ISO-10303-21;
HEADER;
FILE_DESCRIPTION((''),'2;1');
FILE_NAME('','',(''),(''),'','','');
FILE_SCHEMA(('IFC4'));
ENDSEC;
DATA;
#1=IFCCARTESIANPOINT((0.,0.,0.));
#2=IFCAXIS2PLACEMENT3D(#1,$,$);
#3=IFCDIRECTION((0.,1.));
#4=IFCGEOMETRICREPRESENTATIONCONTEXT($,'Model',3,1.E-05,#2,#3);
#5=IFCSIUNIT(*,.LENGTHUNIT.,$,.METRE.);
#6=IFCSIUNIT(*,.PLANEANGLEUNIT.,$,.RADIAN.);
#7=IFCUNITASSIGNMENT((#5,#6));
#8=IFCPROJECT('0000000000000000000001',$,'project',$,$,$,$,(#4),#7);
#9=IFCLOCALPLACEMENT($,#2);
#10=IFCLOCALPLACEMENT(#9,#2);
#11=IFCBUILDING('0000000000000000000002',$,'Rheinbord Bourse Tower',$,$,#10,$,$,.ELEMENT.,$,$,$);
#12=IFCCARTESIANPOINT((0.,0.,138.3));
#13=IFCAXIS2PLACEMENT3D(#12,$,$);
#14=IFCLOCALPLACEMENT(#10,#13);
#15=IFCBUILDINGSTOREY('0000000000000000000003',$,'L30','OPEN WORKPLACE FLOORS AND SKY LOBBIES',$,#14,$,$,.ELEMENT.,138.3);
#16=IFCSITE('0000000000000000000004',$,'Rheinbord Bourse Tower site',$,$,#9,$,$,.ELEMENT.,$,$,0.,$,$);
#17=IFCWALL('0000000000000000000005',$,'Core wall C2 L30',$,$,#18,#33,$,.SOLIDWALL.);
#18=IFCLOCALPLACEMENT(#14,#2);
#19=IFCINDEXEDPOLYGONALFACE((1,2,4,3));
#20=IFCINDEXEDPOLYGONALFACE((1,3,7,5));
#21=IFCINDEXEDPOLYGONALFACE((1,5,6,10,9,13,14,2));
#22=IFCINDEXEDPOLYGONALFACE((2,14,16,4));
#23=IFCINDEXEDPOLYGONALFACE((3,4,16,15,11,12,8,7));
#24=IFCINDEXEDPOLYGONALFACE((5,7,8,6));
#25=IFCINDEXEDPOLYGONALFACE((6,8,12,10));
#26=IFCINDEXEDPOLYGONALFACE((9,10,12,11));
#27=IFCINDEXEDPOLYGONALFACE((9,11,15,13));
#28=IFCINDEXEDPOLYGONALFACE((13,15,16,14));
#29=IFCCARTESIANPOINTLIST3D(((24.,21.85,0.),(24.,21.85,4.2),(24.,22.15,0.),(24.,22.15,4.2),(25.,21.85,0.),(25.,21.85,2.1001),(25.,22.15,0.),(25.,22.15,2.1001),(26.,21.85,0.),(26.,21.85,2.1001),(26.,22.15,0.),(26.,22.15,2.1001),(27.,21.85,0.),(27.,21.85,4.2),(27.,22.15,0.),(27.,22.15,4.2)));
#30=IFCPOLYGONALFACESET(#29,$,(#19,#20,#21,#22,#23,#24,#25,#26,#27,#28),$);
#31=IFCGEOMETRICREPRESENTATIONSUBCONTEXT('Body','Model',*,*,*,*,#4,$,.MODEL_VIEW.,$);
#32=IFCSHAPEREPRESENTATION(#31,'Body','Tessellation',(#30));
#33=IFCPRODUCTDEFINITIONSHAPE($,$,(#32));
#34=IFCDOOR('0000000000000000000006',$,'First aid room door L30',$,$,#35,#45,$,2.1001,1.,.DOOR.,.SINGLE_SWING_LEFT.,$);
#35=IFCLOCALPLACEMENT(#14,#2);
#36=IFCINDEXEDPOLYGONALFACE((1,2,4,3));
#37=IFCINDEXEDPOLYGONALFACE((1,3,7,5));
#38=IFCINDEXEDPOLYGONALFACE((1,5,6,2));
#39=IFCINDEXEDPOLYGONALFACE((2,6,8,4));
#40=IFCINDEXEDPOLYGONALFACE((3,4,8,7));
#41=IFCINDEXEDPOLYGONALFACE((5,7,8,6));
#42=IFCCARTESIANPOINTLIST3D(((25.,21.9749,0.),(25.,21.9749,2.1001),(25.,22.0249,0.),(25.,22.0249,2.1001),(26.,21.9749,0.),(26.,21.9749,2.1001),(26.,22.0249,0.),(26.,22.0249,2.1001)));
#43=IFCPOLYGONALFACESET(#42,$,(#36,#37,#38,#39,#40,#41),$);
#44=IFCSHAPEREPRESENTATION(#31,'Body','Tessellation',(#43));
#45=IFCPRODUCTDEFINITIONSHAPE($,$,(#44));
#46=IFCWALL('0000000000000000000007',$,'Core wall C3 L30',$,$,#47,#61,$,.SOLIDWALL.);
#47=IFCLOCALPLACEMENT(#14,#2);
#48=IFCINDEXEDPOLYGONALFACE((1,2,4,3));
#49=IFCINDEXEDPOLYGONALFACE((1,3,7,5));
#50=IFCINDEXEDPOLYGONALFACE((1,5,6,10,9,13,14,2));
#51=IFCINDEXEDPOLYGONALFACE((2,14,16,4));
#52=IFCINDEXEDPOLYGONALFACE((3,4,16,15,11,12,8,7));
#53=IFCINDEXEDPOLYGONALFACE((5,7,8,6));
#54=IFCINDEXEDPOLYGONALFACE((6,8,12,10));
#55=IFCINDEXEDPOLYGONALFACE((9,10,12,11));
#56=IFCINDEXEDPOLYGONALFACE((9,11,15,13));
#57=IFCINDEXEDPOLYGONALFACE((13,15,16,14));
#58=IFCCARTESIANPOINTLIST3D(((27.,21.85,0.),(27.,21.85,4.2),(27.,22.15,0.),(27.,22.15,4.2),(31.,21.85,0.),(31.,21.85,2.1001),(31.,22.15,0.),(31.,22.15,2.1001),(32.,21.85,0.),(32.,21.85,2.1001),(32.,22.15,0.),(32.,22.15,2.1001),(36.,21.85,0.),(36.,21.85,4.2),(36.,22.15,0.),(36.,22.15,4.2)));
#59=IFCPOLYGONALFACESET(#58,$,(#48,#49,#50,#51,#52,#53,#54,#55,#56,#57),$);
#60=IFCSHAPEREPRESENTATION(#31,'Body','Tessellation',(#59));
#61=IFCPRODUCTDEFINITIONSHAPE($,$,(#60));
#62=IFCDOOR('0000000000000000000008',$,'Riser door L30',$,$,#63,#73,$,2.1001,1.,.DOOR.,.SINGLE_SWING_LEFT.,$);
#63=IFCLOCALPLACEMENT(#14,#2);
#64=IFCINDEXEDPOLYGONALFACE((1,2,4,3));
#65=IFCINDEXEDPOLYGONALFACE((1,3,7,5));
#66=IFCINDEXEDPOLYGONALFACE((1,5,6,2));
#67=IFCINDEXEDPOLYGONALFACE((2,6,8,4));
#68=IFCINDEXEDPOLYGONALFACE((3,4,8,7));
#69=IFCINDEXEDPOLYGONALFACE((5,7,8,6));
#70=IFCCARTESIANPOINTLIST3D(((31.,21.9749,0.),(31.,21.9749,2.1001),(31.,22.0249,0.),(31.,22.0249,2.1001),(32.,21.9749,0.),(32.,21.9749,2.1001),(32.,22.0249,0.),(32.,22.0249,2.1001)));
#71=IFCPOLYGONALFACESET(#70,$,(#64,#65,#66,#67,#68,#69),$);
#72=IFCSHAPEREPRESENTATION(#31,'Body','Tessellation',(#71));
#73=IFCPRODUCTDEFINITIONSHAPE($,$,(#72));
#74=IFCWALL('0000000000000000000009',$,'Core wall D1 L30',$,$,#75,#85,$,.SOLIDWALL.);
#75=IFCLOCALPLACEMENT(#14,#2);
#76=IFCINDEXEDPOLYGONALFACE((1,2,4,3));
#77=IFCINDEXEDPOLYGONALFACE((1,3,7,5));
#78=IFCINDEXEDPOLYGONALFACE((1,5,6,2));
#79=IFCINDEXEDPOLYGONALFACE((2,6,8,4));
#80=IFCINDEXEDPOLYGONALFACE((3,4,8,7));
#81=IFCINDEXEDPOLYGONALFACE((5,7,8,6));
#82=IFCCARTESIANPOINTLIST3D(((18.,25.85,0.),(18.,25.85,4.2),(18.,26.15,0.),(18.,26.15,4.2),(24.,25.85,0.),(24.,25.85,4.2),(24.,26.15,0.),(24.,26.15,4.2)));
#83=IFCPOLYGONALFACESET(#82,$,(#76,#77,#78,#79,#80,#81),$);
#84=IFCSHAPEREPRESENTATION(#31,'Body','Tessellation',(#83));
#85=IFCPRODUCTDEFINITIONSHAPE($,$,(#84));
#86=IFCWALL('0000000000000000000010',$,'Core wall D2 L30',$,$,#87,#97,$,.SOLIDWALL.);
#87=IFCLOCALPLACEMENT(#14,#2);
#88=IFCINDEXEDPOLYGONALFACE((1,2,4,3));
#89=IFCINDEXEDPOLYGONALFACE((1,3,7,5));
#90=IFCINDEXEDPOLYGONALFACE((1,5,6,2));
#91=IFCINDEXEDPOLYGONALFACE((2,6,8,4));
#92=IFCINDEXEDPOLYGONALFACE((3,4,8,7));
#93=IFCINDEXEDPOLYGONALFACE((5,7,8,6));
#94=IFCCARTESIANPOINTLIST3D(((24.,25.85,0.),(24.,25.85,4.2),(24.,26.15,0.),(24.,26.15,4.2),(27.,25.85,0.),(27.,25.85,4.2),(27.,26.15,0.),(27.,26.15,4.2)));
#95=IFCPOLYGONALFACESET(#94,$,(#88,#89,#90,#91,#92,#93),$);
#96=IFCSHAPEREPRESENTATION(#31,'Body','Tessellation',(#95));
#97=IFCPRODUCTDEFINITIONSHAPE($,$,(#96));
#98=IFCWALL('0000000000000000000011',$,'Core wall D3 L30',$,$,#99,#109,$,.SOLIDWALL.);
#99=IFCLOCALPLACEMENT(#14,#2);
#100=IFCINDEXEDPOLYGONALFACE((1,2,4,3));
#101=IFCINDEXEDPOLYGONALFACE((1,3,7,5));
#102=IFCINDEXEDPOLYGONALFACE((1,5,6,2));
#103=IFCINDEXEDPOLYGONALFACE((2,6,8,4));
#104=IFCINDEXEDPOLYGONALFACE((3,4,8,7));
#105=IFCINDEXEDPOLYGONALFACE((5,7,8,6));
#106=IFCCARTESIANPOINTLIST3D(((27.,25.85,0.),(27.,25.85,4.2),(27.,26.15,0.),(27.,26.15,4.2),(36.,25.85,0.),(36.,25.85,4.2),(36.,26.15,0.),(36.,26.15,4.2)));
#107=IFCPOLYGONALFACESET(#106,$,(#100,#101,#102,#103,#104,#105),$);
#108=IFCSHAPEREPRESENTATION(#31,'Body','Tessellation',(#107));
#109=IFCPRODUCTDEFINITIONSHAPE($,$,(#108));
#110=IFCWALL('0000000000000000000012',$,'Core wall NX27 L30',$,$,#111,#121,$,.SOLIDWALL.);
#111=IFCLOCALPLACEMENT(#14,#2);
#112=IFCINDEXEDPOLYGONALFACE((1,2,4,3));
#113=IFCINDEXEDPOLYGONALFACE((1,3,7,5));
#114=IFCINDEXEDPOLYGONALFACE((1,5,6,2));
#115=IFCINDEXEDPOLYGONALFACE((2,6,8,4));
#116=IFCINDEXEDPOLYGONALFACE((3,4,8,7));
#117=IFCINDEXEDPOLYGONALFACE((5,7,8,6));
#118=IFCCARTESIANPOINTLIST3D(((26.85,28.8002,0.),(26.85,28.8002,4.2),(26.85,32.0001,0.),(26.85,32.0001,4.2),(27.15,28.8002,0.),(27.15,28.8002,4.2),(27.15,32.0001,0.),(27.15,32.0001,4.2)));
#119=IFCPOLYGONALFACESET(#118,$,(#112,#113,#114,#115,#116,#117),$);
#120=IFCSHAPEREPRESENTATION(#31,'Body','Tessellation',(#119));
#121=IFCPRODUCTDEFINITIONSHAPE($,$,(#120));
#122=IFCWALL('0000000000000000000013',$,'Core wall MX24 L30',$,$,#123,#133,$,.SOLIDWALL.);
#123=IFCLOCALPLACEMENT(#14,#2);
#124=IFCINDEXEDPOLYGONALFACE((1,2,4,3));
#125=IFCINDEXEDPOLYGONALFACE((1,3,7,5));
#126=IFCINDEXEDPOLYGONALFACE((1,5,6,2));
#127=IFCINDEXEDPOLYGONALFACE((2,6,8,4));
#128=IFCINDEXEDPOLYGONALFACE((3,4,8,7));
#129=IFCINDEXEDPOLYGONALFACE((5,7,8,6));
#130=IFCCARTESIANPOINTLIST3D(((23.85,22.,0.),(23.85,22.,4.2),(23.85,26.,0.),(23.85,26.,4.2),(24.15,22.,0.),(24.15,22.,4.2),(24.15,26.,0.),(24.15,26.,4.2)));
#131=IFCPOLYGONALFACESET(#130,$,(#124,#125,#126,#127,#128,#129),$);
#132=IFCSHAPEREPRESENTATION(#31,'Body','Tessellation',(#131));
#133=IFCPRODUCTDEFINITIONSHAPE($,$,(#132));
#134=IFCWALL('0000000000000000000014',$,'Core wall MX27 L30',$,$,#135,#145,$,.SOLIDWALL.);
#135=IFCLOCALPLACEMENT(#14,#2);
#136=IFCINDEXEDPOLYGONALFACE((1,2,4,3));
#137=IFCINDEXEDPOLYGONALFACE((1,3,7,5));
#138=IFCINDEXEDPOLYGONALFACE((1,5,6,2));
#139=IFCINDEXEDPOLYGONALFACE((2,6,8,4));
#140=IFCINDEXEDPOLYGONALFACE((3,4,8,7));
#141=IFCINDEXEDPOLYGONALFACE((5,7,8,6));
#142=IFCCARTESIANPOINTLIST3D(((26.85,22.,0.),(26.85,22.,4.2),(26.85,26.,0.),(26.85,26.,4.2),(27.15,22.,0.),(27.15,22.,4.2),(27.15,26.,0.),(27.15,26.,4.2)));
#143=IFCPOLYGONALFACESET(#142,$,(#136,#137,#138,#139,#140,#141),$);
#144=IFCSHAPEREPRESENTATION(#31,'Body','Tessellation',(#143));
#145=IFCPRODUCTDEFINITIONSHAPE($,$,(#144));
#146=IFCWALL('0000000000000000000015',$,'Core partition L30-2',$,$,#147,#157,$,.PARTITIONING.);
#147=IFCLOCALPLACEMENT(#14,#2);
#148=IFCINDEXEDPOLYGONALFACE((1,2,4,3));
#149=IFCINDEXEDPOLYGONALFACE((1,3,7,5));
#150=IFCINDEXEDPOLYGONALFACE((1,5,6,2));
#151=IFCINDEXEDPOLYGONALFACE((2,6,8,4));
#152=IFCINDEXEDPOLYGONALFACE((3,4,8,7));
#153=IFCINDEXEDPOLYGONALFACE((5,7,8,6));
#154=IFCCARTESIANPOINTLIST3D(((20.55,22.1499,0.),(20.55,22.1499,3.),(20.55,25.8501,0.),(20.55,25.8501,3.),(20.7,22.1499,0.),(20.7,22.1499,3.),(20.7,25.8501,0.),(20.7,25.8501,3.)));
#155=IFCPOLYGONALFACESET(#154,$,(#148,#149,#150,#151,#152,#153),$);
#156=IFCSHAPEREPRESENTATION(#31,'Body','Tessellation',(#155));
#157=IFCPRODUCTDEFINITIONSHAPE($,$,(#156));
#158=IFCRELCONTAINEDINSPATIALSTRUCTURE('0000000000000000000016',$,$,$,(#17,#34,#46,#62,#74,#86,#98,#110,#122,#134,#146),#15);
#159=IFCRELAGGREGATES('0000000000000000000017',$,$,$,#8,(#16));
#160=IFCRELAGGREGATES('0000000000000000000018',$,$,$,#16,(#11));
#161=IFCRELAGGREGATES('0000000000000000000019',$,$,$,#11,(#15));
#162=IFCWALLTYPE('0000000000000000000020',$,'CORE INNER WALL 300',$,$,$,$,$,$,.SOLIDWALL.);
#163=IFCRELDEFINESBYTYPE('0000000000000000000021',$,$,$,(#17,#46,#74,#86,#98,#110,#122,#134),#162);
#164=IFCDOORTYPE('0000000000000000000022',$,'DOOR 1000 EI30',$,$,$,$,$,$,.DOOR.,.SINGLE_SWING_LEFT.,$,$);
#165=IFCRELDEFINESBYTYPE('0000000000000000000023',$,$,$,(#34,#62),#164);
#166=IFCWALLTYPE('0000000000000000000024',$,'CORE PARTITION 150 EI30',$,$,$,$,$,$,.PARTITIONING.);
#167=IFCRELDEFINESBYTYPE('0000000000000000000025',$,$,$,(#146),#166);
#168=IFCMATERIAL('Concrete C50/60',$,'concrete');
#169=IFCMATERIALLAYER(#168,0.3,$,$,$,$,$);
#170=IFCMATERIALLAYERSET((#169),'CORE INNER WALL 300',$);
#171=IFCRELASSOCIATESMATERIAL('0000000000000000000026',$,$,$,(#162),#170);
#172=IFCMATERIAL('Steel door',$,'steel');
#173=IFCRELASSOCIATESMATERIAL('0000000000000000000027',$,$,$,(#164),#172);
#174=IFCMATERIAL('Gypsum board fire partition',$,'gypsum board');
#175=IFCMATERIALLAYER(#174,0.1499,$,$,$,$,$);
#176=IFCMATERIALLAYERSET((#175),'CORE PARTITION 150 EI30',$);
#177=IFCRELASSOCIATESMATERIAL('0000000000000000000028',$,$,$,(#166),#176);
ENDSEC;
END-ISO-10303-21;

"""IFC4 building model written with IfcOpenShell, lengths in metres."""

from ifc_helpers import new_model, si_unit, direction, frame, frame_2d, origin, place, context, subcontext, project, spatial, rectangle, extrude, material, layer, layer_set, type_object, element, fill, save


model = new_model("IFC4")

# Units and contexts
model_context = context("Model", 3, precision=1e-05, world=origin(), true_north=direction((0.0, 1.0)))
body_context = subcontext(model_context, "Body", "Model", "MODEL_VIEW")
ifc_project = project(units=[si_unit("LENGTHUNIT", "METRE"), si_unit("PLANEANGLEUNIT", "RADIAN")], contexts=[model_context])

# Site, building, storey
site_placement = place(None, origin())
site = spatial("IfcSite", under=ifc_project, at=site_placement, Name="Rheinbord Bourse Tower site", CompositionType="ELEMENT", RefElevation=0.0)
building_placement = place(site_placement, origin())
building = spatial("IfcBuilding", under=site, at=building_placement, Name="Rheinbord Bourse Tower", CompositionType="ELEMENT")
storey_placement = place(building_placement, frame((0.0, 0.0, 138.3)))
storey = spatial("IfcBuildingStorey", under=building, at=storey_placement, Name="L30", Description="OPEN WORKPLACE FLOORS AND SKY LOBBIES", CompositionType="ELEMENT", Elevation=138.3)

# Shared definitions
ifc_material_1 = material(Name="Concrete C50/60", Category="concrete")
ifc_layer_1 = layer(ifc_material_1, 0.3)
ifc_layer_set_1 = layer_set([ifc_layer_1], Name="CORE INNER WALL 300")
wall_type_1 = type_object("IfcWallType", Name="CORE INNER WALL 300", PredefinedType="SOLIDWALL", material=ifc_layer_set_1)
ifc_material_2 = material(Name="Steel door", Category="steel")
door_type_1 = type_object("IfcDoorType", Name="DOOR 1000 EI30", OperationType="SINGLE_SWING_LEFT", PredefinedType="DOOR", material=ifc_material_2)

# Walls, openings, doors
wall_1_placement = place(storey_placement, frame((24.0, 22.0, 0.0), z_axis=(0.0, 0.0, 1.0), x_axis=(1.0, 0.0, 0.0)))
wall_1 = element("IfcWall", 1, at=wall_1_placement, inside=storey, type_object=wall_type_1, Name="Core wall C2 L30", PredefinedType="SOLIDWALL", context=body_context, shape_type="SweptSolid", body=[
    extrude(rectangle(XDim=3.0, YDim=0.3, at=frame_2d((1.5, 0.0))), origin(), (0.0, 0.0, 1.0), 4.2),
])
opening_1_placement = place(wall_1_placement, frame((1.0, 0.0, 0.0)))
opening_1 = element("IfcOpeningElement", 2, at=opening_1_placement, cuts=wall_1, PredefinedType="OPENING", context=body_context, shape_type="SweptSolid", body=[
    extrude(rectangle(XDim=1.0, YDim=2.1001, at=frame_2d((0.5, 1.05))), frame((0.0, 0.1599, 0.0), z_axis=(0.0, -1.0, 0.0), x_axis=(1.0, 0.0, 0.0)), (0.0, 0.0, 1.0), 0.3201),
])
door_1_placement = place(opening_1_placement, origin())
door_1 = element("IfcDoor", 3, at=door_1_placement, inside=storey, type_object=door_type_1, Name="First aid room door L30", OperationType="SINGLE_SWING_LEFT", OverallHeight=2.1001, OverallWidth=1.0, PredefinedType="DOOR", context=body_context, shape_type="SweptSolid", body=[
    extrude(rectangle(XDim=1.0, YDim=2.1001, at=frame_2d((0.5, 1.05))), frame((0.0, 0.0249, 0.0), z_axis=(0.0, -1.0, 0.0), x_axis=(1.0, 0.0, 0.0)), (0.0, 0.0, 1.0), 0.05),
])
fill(opening_1, door_1)
wall_2_placement = place(storey_placement, frame((27.0, 22.0, 0.0), z_axis=(0.0, 0.0, 1.0), x_axis=(1.0, 0.0, 0.0)))
wall_2 = element("IfcWall", 4, at=wall_2_placement, inside=storey, type_object=wall_type_1, Name="Core wall C3 L30", PredefinedType="SOLIDWALL", context=body_context, shape_type="SweptSolid", body=[
    extrude(rectangle(XDim=9.0, YDim=0.3, at=frame_2d((4.5, 0.0))), origin(), (0.0, 0.0, 1.0), 4.2),
])
opening_2_placement = place(wall_2_placement, frame((4.0, 0.0, 0.0)))
opening_2 = element("IfcOpeningElement", 5, at=opening_2_placement, cuts=wall_2, PredefinedType="OPENING", context=body_context, shape_type="SweptSolid", body=[
    extrude(rectangle(XDim=1.0, YDim=2.1001, at=frame_2d((0.5, 1.05))), frame((0.0, 0.1599, 0.0), z_axis=(0.0, -1.0, 0.0), x_axis=(1.0, 0.0, 0.0)), (0.0, 0.0, 1.0), 0.3201),
])
door_2_placement = place(opening_2_placement, origin())
door_2 = element("IfcDoor", 6, at=door_2_placement, inside=storey, type_object=door_type_1, Name="Riser door L30", OperationType="SINGLE_SWING_LEFT", OverallHeight=2.1001, OverallWidth=1.0, PredefinedType="DOOR", context=body_context, shape_type="SweptSolid", body=[
    extrude(rectangle(XDim=1.0, YDim=2.1001, at=frame_2d((0.5, 1.05))), frame((0.0, 0.0249, 0.0), z_axis=(0.0, -1.0, 0.0), x_axis=(1.0, 0.0, 0.0)), (0.0, 0.0, 1.0), 0.05),
])
fill(opening_2, door_2)

# Walls
wall_3_placement = place(storey_placement, frame((18.0, 26.0, 0.0), z_axis=(0.0, 0.0, 1.0), x_axis=(1.0, 0.0, 0.0)))
element("IfcWall", 7, at=wall_3_placement, inside=storey, type_object=wall_type_1, Name="Core wall D1 L30", PredefinedType="SOLIDWALL", context=body_context, shape_type="SweptSolid", body=[
    extrude(rectangle(XDim=6.0, YDim=0.3, at=frame_2d((3.0, 0.0))), origin(), (0.0, 0.0, 1.0), 4.2),
])
wall_4_placement = place(storey_placement, frame((24.0, 26.0, 0.0), z_axis=(0.0, 0.0, 1.0), x_axis=(1.0, 0.0, 0.0)))
element("IfcWall", 8, at=wall_4_placement, inside=storey, type_object=wall_type_1, Name="Core wall D2 L30", PredefinedType="SOLIDWALL", context=body_context, shape_type="SweptSolid", body=[
    extrude(rectangle(XDim=3.0, YDim=0.3, at=frame_2d((1.5, 0.0))), origin(), (0.0, 0.0, 1.0), 4.2),
])
wall_5_placement = place(storey_placement, frame((27.0, 26.0, 0.0), z_axis=(0.0, 0.0, 1.0), x_axis=(1.0, 0.0, 0.0)))
element("IfcWall", 9, at=wall_5_placement, inside=storey, type_object=wall_type_1, Name="Core wall D3 L30", PredefinedType="SOLIDWALL", context=body_context, shape_type="SweptSolid", body=[
    extrude(rectangle(XDim=9.0, YDim=0.3, at=frame_2d((4.5, 0.0))), origin(), (0.0, 0.0, 1.0), 4.2),
])
wall_6_placement = place(storey_placement, frame((27.0, 28.8, 0.0), z_axis=(0.0, 0.0, 1.0), x_axis=(0.0, 1.0, 0.0)))
element("IfcWall", 10, at=wall_6_placement, inside=storey, type_object=wall_type_1, Name="Core wall NX27 L30", PredefinedType="SOLIDWALL", context=body_context, shape_type="SweptSolid", body=[
    extrude(rectangle(XDim=3.2, YDim=0.3, at=frame_2d((1.6001, 0.0))), origin(), (0.0, 0.0, 1.0), 4.2),
])
for number, where, z_axis, x_axis, name in (
    (11, (24.0, 22.0, 0.0), (0.0, 0.0, 1.0), (0.0, 1.0, 0.0), "Core wall MX24 L30"),
    (12, (27.0, 22.0, 0.0), (0.0, 0.0, 1.0), (0.0, 1.0, 0.0), "Core wall MX27 L30"),
):
    element("IfcWall", number, at=place(storey_placement, frame(where, z_axis=z_axis, x_axis=x_axis)), inside=storey, type_object=wall_type_1, Name=name, PredefinedType="SOLIDWALL", context=body_context, shape_type="SweptSolid", body=[
        extrude(rectangle(XDim=4.0, YDim=0.3, at=frame_2d((2.0, 0.0))), origin(), (0.0, 0.0, 1.0), 4.2),
    ])
ifc_material_3 = material(Name="Gypsum board fire partition", Category="gypsum board")
ifc_layer_2 = layer(ifc_material_3, 0.1499)
ifc_layer_set_2 = layer_set([ifc_layer_2], Name="CORE PARTITION 150 EI30")
wall_type_2 = type_object("IfcWallType", Name="CORE PARTITION 150 EI30", PredefinedType="PARTITIONING", material=ifc_layer_set_2)
wall_7_placement = place(storey_placement, frame((20.625, 22.1499, 0.0), z_axis=(0.0, 0.0, 1.0), x_axis=(0.0, 1.0, 0.0)))
element("IfcWall", 13, at=wall_7_placement, inside=storey, type_object=wall_type_2, Name="Core partition L30-2", PredefinedType="PARTITIONING", context=body_context, shape_type="SweptSolid", body=[
    extrude(rectangle(XDim=3.7002, YDim=0.1499, at=frame_2d((1.8501, 0.0))), origin(), (0.0, 0.0, 1.0), 3.0),
])

save(model, "model.ifc")
